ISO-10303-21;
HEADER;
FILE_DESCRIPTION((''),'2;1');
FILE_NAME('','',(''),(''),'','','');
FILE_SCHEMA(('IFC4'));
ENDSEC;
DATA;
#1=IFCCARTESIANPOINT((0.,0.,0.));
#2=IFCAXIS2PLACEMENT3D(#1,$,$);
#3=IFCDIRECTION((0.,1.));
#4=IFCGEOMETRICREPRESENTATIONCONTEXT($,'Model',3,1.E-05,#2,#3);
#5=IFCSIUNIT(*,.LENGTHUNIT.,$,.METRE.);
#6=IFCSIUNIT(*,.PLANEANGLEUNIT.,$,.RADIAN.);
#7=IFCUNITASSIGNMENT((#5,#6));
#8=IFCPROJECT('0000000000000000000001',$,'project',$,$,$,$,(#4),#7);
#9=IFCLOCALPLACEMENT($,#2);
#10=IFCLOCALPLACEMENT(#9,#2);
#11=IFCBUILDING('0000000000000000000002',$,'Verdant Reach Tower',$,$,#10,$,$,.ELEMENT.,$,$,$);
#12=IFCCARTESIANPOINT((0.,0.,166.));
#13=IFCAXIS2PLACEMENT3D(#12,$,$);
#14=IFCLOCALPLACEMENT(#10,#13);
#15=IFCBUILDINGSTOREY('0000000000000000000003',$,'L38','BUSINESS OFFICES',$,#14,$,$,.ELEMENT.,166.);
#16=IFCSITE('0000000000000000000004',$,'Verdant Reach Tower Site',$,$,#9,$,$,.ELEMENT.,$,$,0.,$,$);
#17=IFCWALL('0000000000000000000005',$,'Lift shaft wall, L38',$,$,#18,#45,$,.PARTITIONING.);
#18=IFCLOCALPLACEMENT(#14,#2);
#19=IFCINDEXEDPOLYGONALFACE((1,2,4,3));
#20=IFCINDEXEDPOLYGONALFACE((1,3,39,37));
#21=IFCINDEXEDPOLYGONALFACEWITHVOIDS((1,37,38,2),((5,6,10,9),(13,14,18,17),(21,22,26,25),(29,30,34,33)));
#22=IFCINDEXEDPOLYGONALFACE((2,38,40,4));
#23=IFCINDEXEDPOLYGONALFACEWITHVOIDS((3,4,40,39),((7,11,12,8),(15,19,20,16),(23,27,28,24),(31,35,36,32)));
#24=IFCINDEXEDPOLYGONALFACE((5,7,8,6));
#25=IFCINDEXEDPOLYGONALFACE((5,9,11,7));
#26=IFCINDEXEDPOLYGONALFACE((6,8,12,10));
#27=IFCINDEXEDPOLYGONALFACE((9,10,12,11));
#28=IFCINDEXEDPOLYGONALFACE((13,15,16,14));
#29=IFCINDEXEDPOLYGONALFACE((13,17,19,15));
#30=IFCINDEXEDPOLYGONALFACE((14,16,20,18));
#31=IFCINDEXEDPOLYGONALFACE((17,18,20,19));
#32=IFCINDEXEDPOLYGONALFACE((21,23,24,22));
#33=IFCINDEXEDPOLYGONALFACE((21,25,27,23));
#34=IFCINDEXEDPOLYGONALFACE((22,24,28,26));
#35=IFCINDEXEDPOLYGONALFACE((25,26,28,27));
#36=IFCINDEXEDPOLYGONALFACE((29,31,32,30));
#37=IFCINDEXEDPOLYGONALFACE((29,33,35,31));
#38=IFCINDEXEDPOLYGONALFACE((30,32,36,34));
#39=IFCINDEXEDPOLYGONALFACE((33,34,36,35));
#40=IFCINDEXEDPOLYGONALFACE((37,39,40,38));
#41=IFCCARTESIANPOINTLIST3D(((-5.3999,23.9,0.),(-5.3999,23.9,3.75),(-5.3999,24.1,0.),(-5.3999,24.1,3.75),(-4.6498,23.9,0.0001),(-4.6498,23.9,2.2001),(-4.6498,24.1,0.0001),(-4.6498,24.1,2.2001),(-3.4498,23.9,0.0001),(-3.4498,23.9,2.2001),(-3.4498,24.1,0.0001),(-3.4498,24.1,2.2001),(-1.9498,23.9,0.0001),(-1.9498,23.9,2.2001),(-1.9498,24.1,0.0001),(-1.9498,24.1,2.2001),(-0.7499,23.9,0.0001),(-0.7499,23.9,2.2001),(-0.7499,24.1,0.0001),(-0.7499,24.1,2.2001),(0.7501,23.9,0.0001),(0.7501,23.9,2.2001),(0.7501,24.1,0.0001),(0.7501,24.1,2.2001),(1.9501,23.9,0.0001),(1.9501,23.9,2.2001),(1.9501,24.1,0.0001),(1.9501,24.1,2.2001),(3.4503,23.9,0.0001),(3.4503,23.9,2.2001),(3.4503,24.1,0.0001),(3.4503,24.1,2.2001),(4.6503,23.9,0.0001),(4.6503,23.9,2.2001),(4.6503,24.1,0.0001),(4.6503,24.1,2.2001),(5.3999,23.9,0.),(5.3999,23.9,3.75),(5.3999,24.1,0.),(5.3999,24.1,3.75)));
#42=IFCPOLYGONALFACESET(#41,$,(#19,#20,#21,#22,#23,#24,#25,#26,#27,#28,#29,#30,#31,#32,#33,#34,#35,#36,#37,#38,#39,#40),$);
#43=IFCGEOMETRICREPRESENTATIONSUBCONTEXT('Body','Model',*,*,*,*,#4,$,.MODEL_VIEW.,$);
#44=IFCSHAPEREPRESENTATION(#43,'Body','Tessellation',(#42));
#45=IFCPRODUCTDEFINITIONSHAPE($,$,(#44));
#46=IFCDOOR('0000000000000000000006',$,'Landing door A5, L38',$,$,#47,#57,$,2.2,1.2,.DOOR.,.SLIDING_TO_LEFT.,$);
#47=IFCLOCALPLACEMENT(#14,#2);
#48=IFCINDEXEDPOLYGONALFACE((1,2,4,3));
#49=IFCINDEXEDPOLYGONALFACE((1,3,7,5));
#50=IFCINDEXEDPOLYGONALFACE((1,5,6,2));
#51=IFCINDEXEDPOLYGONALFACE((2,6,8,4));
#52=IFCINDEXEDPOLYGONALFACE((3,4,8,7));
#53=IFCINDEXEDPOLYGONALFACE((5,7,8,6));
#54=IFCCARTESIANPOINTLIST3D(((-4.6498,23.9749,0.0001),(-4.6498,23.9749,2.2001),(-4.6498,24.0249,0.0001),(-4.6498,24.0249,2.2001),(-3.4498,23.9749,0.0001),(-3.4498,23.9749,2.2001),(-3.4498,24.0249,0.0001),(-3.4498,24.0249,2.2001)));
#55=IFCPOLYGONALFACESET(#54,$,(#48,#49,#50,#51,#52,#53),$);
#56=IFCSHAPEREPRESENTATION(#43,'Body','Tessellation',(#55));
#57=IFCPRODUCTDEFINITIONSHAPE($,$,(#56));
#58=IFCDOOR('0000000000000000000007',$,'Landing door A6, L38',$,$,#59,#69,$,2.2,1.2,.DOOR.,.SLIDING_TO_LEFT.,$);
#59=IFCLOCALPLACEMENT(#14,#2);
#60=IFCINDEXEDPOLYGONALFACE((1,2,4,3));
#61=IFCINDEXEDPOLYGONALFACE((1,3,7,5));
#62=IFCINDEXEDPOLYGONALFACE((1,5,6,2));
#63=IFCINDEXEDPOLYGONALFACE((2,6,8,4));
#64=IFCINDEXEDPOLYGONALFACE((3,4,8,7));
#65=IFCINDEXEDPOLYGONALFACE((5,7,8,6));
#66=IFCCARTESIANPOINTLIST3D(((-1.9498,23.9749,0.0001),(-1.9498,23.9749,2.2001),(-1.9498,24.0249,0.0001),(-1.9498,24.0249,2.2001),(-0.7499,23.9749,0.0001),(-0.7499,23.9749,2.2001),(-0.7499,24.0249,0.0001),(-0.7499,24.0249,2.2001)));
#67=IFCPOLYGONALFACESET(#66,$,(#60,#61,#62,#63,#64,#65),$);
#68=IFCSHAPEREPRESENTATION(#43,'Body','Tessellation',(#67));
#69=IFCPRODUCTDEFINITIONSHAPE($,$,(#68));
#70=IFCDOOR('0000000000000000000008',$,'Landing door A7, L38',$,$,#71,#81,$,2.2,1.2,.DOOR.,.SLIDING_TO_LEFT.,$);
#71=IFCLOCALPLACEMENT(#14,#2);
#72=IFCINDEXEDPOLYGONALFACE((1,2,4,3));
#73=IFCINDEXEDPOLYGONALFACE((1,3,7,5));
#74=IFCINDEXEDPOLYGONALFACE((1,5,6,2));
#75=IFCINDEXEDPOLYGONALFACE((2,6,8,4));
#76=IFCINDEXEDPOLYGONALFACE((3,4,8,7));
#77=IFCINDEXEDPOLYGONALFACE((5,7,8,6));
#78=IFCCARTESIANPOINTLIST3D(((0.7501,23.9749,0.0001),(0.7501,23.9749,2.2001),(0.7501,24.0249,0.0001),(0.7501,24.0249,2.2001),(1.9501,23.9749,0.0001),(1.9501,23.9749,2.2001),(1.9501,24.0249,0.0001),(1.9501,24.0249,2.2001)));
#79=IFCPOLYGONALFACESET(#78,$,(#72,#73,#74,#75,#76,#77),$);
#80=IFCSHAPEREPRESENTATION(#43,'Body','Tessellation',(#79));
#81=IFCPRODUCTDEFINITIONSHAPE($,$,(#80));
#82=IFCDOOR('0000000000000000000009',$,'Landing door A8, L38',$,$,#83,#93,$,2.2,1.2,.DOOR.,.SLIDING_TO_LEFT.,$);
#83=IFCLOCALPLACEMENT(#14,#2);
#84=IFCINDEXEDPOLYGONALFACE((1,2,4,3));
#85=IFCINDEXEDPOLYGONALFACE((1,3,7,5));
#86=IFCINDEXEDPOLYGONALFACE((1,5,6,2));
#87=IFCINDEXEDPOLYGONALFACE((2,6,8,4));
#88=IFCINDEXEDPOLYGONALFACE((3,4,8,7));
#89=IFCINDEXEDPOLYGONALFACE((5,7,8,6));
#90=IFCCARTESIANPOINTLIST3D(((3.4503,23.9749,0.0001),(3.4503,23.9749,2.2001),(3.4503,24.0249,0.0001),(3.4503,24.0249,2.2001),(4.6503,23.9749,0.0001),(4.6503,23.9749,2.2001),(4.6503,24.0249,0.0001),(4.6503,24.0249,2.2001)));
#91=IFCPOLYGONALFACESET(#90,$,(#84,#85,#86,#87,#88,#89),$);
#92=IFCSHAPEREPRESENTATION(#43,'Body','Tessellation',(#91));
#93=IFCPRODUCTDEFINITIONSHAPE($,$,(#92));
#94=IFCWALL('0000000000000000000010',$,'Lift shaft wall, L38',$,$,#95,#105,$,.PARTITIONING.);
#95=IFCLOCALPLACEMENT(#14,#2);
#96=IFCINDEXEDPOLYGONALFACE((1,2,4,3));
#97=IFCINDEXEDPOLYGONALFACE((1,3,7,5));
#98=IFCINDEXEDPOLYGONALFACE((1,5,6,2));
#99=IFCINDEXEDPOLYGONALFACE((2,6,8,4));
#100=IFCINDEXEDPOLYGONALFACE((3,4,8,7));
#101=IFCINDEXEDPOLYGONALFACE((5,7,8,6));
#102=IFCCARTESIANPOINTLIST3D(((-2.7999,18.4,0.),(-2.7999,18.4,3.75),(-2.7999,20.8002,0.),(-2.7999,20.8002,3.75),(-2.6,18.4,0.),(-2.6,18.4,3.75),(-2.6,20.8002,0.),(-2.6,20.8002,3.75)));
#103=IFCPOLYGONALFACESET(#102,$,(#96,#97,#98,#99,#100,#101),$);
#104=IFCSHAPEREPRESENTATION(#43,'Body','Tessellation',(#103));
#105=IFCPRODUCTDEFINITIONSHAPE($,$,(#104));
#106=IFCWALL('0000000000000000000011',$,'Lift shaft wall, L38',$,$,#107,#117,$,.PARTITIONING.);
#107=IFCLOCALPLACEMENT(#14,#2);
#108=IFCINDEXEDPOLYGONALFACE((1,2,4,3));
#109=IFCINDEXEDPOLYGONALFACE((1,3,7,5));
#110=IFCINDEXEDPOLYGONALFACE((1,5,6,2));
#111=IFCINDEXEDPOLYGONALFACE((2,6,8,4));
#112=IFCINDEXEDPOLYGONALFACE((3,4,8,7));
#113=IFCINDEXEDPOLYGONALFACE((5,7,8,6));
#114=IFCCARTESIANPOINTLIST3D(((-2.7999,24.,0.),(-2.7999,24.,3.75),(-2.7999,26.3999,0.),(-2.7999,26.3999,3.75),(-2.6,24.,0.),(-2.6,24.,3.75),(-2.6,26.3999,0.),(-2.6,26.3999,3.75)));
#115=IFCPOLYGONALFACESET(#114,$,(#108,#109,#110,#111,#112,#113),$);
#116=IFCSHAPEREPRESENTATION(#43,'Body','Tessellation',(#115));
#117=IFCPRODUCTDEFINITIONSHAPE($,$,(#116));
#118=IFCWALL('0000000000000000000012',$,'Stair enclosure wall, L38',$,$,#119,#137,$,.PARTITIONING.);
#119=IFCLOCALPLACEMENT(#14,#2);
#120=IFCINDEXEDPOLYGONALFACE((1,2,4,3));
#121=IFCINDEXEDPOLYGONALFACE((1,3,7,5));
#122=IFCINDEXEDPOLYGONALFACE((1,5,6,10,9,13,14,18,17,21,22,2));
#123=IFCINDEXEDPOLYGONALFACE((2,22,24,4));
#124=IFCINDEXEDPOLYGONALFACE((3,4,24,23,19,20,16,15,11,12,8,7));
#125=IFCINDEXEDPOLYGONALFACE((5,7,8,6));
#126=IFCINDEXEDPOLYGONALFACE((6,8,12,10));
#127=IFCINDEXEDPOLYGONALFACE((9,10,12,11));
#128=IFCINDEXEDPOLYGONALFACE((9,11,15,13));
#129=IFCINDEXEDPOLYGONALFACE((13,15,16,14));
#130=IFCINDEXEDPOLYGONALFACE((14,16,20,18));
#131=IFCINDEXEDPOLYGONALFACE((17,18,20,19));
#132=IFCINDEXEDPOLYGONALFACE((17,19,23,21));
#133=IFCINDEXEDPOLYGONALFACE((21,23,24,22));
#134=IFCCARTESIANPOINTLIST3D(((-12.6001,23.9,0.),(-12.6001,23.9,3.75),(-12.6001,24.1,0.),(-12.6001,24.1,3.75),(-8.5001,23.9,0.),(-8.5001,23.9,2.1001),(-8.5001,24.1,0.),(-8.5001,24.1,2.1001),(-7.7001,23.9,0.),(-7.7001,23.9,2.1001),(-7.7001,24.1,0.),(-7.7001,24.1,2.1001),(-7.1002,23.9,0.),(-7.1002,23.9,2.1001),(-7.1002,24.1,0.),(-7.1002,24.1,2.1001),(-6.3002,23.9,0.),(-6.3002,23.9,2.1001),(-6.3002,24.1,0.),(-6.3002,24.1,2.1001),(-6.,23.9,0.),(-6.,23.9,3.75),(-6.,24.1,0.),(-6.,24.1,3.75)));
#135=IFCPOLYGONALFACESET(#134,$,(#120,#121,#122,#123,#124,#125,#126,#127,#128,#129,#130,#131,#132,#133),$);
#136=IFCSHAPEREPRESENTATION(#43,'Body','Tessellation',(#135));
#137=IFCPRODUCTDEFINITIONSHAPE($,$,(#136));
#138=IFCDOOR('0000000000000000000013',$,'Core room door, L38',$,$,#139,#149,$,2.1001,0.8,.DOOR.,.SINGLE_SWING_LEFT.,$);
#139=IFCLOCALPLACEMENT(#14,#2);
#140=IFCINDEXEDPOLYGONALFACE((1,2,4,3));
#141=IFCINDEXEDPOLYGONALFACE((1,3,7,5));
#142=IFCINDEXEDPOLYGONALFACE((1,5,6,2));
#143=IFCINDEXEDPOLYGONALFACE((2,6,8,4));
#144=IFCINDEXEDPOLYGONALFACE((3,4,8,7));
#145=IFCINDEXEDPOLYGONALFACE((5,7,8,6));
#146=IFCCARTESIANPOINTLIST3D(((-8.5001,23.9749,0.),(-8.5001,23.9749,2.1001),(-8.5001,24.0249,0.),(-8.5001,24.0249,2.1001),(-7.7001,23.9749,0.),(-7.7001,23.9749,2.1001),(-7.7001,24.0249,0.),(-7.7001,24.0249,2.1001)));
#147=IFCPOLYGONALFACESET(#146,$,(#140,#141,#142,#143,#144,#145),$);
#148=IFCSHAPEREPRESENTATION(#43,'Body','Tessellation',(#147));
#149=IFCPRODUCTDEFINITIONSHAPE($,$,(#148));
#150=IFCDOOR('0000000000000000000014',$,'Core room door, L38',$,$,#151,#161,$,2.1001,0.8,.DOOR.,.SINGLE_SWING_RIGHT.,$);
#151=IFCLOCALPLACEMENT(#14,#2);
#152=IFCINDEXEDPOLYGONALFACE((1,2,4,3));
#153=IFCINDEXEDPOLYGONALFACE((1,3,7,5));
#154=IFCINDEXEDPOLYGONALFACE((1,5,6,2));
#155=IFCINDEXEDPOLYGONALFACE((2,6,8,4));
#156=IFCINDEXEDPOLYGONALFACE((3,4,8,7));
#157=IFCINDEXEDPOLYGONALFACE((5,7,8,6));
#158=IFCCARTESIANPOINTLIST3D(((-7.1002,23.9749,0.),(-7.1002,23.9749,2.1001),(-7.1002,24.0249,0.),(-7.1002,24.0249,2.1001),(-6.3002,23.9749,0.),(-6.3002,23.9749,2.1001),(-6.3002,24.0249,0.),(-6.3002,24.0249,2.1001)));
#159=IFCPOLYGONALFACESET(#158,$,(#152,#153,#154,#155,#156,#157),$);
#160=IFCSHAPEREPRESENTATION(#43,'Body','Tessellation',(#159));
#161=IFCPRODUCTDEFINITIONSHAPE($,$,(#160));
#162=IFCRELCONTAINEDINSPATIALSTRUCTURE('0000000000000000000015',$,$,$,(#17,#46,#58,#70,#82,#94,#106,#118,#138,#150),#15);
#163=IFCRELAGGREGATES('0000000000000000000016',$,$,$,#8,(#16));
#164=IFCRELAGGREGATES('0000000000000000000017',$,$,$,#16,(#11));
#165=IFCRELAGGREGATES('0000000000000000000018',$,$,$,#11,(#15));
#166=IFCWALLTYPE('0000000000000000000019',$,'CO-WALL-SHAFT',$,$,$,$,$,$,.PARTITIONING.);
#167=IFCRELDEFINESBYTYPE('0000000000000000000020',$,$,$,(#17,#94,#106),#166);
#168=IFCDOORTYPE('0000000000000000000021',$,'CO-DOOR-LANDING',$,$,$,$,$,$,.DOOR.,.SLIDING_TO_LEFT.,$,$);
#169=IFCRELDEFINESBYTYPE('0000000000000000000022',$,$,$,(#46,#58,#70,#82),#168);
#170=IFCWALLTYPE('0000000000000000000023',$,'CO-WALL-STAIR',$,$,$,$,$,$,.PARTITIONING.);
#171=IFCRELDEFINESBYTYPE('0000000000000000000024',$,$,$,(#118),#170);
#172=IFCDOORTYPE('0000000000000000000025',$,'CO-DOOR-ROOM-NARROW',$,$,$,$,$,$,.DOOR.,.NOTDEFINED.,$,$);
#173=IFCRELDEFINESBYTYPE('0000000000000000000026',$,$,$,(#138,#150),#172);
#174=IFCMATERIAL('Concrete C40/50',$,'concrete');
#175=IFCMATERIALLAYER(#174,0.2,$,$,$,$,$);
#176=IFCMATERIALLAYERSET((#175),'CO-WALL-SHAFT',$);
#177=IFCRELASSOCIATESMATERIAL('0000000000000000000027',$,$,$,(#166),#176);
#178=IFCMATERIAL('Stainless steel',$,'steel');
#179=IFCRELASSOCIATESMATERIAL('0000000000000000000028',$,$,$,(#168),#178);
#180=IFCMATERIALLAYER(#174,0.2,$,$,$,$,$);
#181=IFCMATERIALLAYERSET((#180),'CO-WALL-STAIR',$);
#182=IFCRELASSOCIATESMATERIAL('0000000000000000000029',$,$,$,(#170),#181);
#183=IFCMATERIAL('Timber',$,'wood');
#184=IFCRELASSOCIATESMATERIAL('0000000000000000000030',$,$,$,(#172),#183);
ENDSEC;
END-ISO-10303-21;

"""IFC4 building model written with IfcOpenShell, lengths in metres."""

from ifc_helpers import new_model, si_unit, direction, frame, frame_2d, origin, place, context, subcontext, project, spatial, rectangle, extrude, material, layer, layer_set, type_object, element, fill, save


model = new_model("IFC4")

# Units and contexts
model_context = context("Model", 3, precision=1e-05, world=origin(), true_north=direction((0.0, 1.0)))
body_context = subcontext(model_context, "Body", "Model", "MODEL_VIEW")
ifc_project = project(units=[si_unit("LENGTHUNIT", "METRE"), si_unit("PLANEANGLEUNIT", "RADIAN")], contexts=[model_context])

# Site, building, storey
site_placement = place(None, origin())
site = spatial("IfcSite", under=ifc_project, at=site_placement, Name="Verdant Reach Tower Site", CompositionType="ELEMENT", RefElevation=0.0)
building_placement = place(site_placement, origin())
building = spatial("IfcBuilding", under=site, at=building_placement, Name="Verdant Reach Tower", CompositionType="ELEMENT")
storey_placement = place(building_placement, frame((0.0, 0.0, 166.0)))
storey = spatial("IfcBuildingStorey", under=building, at=storey_placement, Name="L38", Description="BUSINESS OFFICES", CompositionType="ELEMENT", Elevation=166.0)

# Wall, openings, doors
ifc_material_1 = material(Name="Concrete C40/50", Category="concrete")
ifc_layer_1 = layer(ifc_material_1, 0.2)
ifc_layer_set_1 = layer_set([ifc_layer_1], Name="CO-WALL-SHAFT")
wall_type_1 = type_object("IfcWallType", Name="CO-WALL-SHAFT", PredefinedType="PARTITIONING", material=ifc_layer_set_1)
ifc_material_2 = material(Name="Stainless steel", Category="steel")
door_type_1 = type_object("IfcDoorType", Name="CO-DOOR-LANDING", OperationType="SLIDING_TO_LEFT", PredefinedType="DOOR", material=ifc_material_2)
wall_1_placement = place(storey_placement, frame((-5.3999, 24.0, 0.0), z_axis=(0.0, 0.0, 1.0), x_axis=(1.0, 0.0, 0.0)))
wall_1 = element("IfcWall", 1, at=wall_1_placement, inside=storey, type_object=wall_type_1, Name="Lift shaft wall, L38", PredefinedType="PARTITIONING", context=body_context, shape_type="SweptSolid", body=[
    extrude(rectangle(XDim=10.7998, YDim=0.2, at=frame_2d((5.3999, 0.0))), origin(), (0.0, 0.0, 1.0), 3.75),
])
opening_1_placement = place(wall_1_placement, frame((0.75, 0.0, 0.0)))
opening_1 = element("IfcOpeningElement", 2, at=opening_1_placement, cuts=wall_1, PredefinedType="OPENING", context=body_context, shape_type="SweptSolid", body=[
    extrude(rectangle(XDim=1.2, YDim=2.2, at=frame_2d((0.6001, 1.1001))), frame((0.0, 0.1099, 0.0), z_axis=(0.0, -1.0, 0.0), x_axis=(1.0, 0.0, 0.0)), (0.0, 0.0, 1.0), 0.22),
])
opening_2_placement = place(wall_1_placement, frame((3.45, 0.0, 0.0)))
opening_2 = element("IfcOpeningElement", 3, at=opening_2_placement, cuts=wall_1, PredefinedType="OPENING", context=body_context, shape_type="SweptSolid", body=[
    extrude(rectangle(XDim=1.2, YDim=2.2, at=frame_2d((0.6001, 1.1001))), frame((0.0, 0.1099, 0.0), z_axis=(0.0, -1.0, 0.0), x_axis=(1.0, 0.0, 0.0)), (0.0, 0.0, 1.0), 0.22),
])
opening_3_placement = place(wall_1_placement, frame((6.1499, 0.0, 0.0)))
opening_3 = element("IfcOpeningElement", 4, at=opening_3_placement, cuts=wall_1, PredefinedType="OPENING", context=body_context, shape_type="SweptSolid", body=[
    extrude(rectangle(XDim=1.2, YDim=2.2, at=frame_2d((0.6001, 1.1001))), frame((0.0, 0.1099, 0.0), z_axis=(0.0, -1.0, 0.0), x_axis=(1.0, 0.0, 0.0)), (0.0, 0.0, 1.0), 0.22),
])
opening_4_placement = place(wall_1_placement, frame((8.8501, 0.0, 0.0)))
opening_4 = element("IfcOpeningElement", 5, at=opening_4_placement, cuts=wall_1, PredefinedType="OPENING", context=body_context, shape_type="SweptSolid", body=[
    extrude(rectangle(XDim=1.2, YDim=2.2, at=frame_2d((0.6001, 1.1001))), frame((0.0, 0.1099, 0.0), z_axis=(0.0, -1.0, 0.0), x_axis=(1.0, 0.0, 0.0)), (0.0, 0.0, 1.0), 0.22),
])
door_1_placement = place(opening_1_placement, origin())
door_1 = element("IfcDoor", 6, at=door_1_placement, inside=storey, type_object=door_type_1, Name="Landing door A5, L38", OperationType="SLIDING_TO_LEFT", OverallHeight=2.2, OverallWidth=1.2, PredefinedType="DOOR", context=body_context, shape_type="SweptSolid", body=[
    extrude(rectangle(XDim=1.2, YDim=2.2, at=frame_2d((0.6001, 1.1001))), frame((0.0, 0.0249, 0.0), z_axis=(0.0, -1.0, 0.0), x_axis=(1.0, 0.0, 0.0)), (0.0, 0.0, 1.0), 0.05),
])
fill(opening_1, door_1)
door_2_placement = place(opening_2_placement, origin())
door_2 = element("IfcDoor", 7, at=door_2_placement, inside=storey, type_object=door_type_1, Name="Landing door A6, L38", OperationType="SLIDING_TO_LEFT", OverallHeight=2.2, OverallWidth=1.2, PredefinedType="DOOR", context=body_context, shape_type="SweptSolid", body=[
    extrude(rectangle(XDim=1.2, YDim=2.2, at=frame_2d((0.6001, 1.1001))), frame((0.0, 0.0249, 0.0), z_axis=(0.0, -1.0, 0.0), x_axis=(1.0, 0.0, 0.0)), (0.0, 0.0, 1.0), 0.05),
])
fill(opening_2, door_2)
door_3_placement = place(opening_3_placement, origin())
door_3 = element("IfcDoor", 8, at=door_3_placement, inside=storey, type_object=door_type_1, Name="Landing door A7, L38", OperationType="SLIDING_TO_LEFT", OverallHeight=2.2, OverallWidth=1.2, PredefinedType="DOOR", context=body_context, shape_type="SweptSolid", body=[
    extrude(rectangle(XDim=1.2, YDim=2.2, at=frame_2d((0.6001, 1.1001))), frame((0.0, 0.0249, 0.0), z_axis=(0.0, -1.0, 0.0), x_axis=(1.0, 0.0, 0.0)), (0.0, 0.0, 1.0), 0.05),
])
fill(opening_3, door_3)
door_4_placement = place(opening_4_placement, origin())
door_4 = element("IfcDoor", 9, at=door_4_placement, inside=storey, type_object=door_type_1, Name="Landing door A8, L38", OperationType="SLIDING_TO_LEFT", OverallHeight=2.2, OverallWidth=1.2, PredefinedType="DOOR", context=body_context, shape_type="SweptSolid", body=[
    extrude(rectangle(XDim=1.2, YDim=2.2, at=frame_2d((0.6001, 1.1001))), frame((0.0, 0.0249, 0.0), z_axis=(0.0, -1.0, 0.0), x_axis=(1.0, 0.0, 0.0)), (0.0, 0.0, 1.0), 0.05),
])
fill(opening_4, door_4)

# Walls
wall_2_placement = place(storey_placement, frame((-2.7, 18.3999, 0.0), z_axis=(0.0, 0.0, 1.0), x_axis=(0.0, 1.0, 0.0)))
element("IfcWall", 10, at=wall_2_placement, inside=storey, type_object=wall_type_1, Name="Lift shaft wall, L38", PredefinedType="PARTITIONING", context=body_context, shape_type="SweptSolid", body=[
    extrude(rectangle(XDim=2.4001, YDim=0.2, at=frame_2d((1.2002, 0.0))), origin(), (0.0, 0.0, 1.0), 3.75),
])
wall_3_placement = place(storey_placement, frame((-2.7, 24.0, 0.0), z_axis=(0.0, 0.0, 1.0), x_axis=(0.0, 1.0, 0.0)))
element("IfcWall", 11, at=wall_3_placement, inside=storey, type_object=wall_type_1, Name="Lift shaft wall, L38", PredefinedType="PARTITIONING", context=body_context, shape_type="SweptSolid", body=[
    extrude(rectangle(XDim=2.3999, YDim=0.2, at=frame_2d((1.2, 0.0))), origin(), (0.0, 0.0, 1.0), 3.75),
])

# Wall, openings, doors
ifc_layer_2 = layer(ifc_material_1, 0.2)
ifc_layer_set_2 = layer_set([ifc_layer_2], Name="CO-WALL-STAIR")
wall_type_2 = type_object("IfcWallType", Name="CO-WALL-STAIR", PredefinedType="PARTITIONING", material=ifc_layer_set_2)
wall_4_placement = place(storey_placement, frame((-12.6001, 24.0, 0.0), z_axis=(0.0, 0.0, 1.0), x_axis=(1.0, 0.0, 0.0)))
wall_4 = element("IfcWall", 12, at=wall_4_placement, inside=storey, type_object=wall_type_2, Name="Stair enclosure wall, L38", PredefinedType="PARTITIONING", context=body_context, shape_type="SweptSolid", body=[
    extrude(rectangle(XDim=6.6001, YDim=0.2, at=frame_2d((3.3, 0.0))), origin(), (0.0, 0.0, 1.0), 3.75),
])
opening_5_placement = place(wall_4_placement, frame((4.1001, 0.0, 0.0)))
opening_5 = element("IfcOpeningElement", 13, at=opening_5_placement, cuts=wall_4, PredefinedType="OPENING", context=body_context, shape_type="SweptSolid", body=[
    extrude(rectangle(XDim=0.8, YDim=2.1001, at=frame_2d((0.3999, 1.05))), frame((0.0, 0.1099, 0.0), z_axis=(0.0, -1.0, 0.0), x_axis=(1.0, 0.0, 0.0)), (0.0, 0.0, 1.0), 0.22),
])
opening_6_placement = place(wall_4_placement, frame((5.5, 0.0, 0.0)))
opening_6 = element("IfcOpeningElement", 14, at=opening_6_placement, cuts=wall_4, PredefinedType="OPENING", context=body_context, shape_type="SweptSolid", body=[
    extrude(rectangle(XDim=0.8, YDim=2.1001, at=frame_2d((0.3999, 1.05))), frame((0.0, 0.1099, 0.0), z_axis=(0.0, -1.0, 0.0), x_axis=(1.0, 0.0, 0.0)), (0.0, 0.0, 1.0), 0.22),
])
ifc_material_3 = material(Name="Timber", Category="wood")
door_type_2 = type_object("IfcDoorType", Name="CO-DOOR-ROOM-NARROW", OperationType="NOTDEFINED", PredefinedType="DOOR", material=ifc_material_3)
door_5_placement = place(opening_5_placement, origin())
door_5 = element("IfcDoor", 15, at=door_5_placement, inside=storey, type_object=door_type_2, Name="Core room door, L38", OperationType="SINGLE_SWING_LEFT", OverallHeight=2.1001, OverallWidth=0.8, PredefinedType="DOOR", context=body_context, shape_type="SweptSolid", body=[
    extrude(rectangle(XDim=0.8, YDim=2.1001, at=frame_2d((0.3999, 1.05))), frame((0.0, 0.0249, 0.0), z_axis=(0.0, -1.0, 0.0), x_axis=(1.0, 0.0, 0.0)), (0.0, 0.0, 1.0), 0.05),
])
fill(opening_5, door_5)
door_6_placement = place(opening_6_placement, origin())
door_6 = element("IfcDoor", 16, at=door_6_placement, inside=storey, type_object=door_type_2, Name="Core room door, L38", OperationType="SINGLE_SWING_RIGHT", OverallHeight=2.1001, OverallWidth=0.8, PredefinedType="DOOR", context=body_context, shape_type="SweptSolid", body=[
    extrude(rectangle(XDim=0.8, YDim=2.1001, at=frame_2d((0.3999, 1.05))), frame((0.0, 0.0249, 0.0), z_axis=(0.0, -1.0, 0.0), x_axis=(1.0, 0.0, 0.0)), (0.0, 0.0, 1.0), 0.05),
])
fill(opening_6, door_6)

save(model, "model.ifc")
